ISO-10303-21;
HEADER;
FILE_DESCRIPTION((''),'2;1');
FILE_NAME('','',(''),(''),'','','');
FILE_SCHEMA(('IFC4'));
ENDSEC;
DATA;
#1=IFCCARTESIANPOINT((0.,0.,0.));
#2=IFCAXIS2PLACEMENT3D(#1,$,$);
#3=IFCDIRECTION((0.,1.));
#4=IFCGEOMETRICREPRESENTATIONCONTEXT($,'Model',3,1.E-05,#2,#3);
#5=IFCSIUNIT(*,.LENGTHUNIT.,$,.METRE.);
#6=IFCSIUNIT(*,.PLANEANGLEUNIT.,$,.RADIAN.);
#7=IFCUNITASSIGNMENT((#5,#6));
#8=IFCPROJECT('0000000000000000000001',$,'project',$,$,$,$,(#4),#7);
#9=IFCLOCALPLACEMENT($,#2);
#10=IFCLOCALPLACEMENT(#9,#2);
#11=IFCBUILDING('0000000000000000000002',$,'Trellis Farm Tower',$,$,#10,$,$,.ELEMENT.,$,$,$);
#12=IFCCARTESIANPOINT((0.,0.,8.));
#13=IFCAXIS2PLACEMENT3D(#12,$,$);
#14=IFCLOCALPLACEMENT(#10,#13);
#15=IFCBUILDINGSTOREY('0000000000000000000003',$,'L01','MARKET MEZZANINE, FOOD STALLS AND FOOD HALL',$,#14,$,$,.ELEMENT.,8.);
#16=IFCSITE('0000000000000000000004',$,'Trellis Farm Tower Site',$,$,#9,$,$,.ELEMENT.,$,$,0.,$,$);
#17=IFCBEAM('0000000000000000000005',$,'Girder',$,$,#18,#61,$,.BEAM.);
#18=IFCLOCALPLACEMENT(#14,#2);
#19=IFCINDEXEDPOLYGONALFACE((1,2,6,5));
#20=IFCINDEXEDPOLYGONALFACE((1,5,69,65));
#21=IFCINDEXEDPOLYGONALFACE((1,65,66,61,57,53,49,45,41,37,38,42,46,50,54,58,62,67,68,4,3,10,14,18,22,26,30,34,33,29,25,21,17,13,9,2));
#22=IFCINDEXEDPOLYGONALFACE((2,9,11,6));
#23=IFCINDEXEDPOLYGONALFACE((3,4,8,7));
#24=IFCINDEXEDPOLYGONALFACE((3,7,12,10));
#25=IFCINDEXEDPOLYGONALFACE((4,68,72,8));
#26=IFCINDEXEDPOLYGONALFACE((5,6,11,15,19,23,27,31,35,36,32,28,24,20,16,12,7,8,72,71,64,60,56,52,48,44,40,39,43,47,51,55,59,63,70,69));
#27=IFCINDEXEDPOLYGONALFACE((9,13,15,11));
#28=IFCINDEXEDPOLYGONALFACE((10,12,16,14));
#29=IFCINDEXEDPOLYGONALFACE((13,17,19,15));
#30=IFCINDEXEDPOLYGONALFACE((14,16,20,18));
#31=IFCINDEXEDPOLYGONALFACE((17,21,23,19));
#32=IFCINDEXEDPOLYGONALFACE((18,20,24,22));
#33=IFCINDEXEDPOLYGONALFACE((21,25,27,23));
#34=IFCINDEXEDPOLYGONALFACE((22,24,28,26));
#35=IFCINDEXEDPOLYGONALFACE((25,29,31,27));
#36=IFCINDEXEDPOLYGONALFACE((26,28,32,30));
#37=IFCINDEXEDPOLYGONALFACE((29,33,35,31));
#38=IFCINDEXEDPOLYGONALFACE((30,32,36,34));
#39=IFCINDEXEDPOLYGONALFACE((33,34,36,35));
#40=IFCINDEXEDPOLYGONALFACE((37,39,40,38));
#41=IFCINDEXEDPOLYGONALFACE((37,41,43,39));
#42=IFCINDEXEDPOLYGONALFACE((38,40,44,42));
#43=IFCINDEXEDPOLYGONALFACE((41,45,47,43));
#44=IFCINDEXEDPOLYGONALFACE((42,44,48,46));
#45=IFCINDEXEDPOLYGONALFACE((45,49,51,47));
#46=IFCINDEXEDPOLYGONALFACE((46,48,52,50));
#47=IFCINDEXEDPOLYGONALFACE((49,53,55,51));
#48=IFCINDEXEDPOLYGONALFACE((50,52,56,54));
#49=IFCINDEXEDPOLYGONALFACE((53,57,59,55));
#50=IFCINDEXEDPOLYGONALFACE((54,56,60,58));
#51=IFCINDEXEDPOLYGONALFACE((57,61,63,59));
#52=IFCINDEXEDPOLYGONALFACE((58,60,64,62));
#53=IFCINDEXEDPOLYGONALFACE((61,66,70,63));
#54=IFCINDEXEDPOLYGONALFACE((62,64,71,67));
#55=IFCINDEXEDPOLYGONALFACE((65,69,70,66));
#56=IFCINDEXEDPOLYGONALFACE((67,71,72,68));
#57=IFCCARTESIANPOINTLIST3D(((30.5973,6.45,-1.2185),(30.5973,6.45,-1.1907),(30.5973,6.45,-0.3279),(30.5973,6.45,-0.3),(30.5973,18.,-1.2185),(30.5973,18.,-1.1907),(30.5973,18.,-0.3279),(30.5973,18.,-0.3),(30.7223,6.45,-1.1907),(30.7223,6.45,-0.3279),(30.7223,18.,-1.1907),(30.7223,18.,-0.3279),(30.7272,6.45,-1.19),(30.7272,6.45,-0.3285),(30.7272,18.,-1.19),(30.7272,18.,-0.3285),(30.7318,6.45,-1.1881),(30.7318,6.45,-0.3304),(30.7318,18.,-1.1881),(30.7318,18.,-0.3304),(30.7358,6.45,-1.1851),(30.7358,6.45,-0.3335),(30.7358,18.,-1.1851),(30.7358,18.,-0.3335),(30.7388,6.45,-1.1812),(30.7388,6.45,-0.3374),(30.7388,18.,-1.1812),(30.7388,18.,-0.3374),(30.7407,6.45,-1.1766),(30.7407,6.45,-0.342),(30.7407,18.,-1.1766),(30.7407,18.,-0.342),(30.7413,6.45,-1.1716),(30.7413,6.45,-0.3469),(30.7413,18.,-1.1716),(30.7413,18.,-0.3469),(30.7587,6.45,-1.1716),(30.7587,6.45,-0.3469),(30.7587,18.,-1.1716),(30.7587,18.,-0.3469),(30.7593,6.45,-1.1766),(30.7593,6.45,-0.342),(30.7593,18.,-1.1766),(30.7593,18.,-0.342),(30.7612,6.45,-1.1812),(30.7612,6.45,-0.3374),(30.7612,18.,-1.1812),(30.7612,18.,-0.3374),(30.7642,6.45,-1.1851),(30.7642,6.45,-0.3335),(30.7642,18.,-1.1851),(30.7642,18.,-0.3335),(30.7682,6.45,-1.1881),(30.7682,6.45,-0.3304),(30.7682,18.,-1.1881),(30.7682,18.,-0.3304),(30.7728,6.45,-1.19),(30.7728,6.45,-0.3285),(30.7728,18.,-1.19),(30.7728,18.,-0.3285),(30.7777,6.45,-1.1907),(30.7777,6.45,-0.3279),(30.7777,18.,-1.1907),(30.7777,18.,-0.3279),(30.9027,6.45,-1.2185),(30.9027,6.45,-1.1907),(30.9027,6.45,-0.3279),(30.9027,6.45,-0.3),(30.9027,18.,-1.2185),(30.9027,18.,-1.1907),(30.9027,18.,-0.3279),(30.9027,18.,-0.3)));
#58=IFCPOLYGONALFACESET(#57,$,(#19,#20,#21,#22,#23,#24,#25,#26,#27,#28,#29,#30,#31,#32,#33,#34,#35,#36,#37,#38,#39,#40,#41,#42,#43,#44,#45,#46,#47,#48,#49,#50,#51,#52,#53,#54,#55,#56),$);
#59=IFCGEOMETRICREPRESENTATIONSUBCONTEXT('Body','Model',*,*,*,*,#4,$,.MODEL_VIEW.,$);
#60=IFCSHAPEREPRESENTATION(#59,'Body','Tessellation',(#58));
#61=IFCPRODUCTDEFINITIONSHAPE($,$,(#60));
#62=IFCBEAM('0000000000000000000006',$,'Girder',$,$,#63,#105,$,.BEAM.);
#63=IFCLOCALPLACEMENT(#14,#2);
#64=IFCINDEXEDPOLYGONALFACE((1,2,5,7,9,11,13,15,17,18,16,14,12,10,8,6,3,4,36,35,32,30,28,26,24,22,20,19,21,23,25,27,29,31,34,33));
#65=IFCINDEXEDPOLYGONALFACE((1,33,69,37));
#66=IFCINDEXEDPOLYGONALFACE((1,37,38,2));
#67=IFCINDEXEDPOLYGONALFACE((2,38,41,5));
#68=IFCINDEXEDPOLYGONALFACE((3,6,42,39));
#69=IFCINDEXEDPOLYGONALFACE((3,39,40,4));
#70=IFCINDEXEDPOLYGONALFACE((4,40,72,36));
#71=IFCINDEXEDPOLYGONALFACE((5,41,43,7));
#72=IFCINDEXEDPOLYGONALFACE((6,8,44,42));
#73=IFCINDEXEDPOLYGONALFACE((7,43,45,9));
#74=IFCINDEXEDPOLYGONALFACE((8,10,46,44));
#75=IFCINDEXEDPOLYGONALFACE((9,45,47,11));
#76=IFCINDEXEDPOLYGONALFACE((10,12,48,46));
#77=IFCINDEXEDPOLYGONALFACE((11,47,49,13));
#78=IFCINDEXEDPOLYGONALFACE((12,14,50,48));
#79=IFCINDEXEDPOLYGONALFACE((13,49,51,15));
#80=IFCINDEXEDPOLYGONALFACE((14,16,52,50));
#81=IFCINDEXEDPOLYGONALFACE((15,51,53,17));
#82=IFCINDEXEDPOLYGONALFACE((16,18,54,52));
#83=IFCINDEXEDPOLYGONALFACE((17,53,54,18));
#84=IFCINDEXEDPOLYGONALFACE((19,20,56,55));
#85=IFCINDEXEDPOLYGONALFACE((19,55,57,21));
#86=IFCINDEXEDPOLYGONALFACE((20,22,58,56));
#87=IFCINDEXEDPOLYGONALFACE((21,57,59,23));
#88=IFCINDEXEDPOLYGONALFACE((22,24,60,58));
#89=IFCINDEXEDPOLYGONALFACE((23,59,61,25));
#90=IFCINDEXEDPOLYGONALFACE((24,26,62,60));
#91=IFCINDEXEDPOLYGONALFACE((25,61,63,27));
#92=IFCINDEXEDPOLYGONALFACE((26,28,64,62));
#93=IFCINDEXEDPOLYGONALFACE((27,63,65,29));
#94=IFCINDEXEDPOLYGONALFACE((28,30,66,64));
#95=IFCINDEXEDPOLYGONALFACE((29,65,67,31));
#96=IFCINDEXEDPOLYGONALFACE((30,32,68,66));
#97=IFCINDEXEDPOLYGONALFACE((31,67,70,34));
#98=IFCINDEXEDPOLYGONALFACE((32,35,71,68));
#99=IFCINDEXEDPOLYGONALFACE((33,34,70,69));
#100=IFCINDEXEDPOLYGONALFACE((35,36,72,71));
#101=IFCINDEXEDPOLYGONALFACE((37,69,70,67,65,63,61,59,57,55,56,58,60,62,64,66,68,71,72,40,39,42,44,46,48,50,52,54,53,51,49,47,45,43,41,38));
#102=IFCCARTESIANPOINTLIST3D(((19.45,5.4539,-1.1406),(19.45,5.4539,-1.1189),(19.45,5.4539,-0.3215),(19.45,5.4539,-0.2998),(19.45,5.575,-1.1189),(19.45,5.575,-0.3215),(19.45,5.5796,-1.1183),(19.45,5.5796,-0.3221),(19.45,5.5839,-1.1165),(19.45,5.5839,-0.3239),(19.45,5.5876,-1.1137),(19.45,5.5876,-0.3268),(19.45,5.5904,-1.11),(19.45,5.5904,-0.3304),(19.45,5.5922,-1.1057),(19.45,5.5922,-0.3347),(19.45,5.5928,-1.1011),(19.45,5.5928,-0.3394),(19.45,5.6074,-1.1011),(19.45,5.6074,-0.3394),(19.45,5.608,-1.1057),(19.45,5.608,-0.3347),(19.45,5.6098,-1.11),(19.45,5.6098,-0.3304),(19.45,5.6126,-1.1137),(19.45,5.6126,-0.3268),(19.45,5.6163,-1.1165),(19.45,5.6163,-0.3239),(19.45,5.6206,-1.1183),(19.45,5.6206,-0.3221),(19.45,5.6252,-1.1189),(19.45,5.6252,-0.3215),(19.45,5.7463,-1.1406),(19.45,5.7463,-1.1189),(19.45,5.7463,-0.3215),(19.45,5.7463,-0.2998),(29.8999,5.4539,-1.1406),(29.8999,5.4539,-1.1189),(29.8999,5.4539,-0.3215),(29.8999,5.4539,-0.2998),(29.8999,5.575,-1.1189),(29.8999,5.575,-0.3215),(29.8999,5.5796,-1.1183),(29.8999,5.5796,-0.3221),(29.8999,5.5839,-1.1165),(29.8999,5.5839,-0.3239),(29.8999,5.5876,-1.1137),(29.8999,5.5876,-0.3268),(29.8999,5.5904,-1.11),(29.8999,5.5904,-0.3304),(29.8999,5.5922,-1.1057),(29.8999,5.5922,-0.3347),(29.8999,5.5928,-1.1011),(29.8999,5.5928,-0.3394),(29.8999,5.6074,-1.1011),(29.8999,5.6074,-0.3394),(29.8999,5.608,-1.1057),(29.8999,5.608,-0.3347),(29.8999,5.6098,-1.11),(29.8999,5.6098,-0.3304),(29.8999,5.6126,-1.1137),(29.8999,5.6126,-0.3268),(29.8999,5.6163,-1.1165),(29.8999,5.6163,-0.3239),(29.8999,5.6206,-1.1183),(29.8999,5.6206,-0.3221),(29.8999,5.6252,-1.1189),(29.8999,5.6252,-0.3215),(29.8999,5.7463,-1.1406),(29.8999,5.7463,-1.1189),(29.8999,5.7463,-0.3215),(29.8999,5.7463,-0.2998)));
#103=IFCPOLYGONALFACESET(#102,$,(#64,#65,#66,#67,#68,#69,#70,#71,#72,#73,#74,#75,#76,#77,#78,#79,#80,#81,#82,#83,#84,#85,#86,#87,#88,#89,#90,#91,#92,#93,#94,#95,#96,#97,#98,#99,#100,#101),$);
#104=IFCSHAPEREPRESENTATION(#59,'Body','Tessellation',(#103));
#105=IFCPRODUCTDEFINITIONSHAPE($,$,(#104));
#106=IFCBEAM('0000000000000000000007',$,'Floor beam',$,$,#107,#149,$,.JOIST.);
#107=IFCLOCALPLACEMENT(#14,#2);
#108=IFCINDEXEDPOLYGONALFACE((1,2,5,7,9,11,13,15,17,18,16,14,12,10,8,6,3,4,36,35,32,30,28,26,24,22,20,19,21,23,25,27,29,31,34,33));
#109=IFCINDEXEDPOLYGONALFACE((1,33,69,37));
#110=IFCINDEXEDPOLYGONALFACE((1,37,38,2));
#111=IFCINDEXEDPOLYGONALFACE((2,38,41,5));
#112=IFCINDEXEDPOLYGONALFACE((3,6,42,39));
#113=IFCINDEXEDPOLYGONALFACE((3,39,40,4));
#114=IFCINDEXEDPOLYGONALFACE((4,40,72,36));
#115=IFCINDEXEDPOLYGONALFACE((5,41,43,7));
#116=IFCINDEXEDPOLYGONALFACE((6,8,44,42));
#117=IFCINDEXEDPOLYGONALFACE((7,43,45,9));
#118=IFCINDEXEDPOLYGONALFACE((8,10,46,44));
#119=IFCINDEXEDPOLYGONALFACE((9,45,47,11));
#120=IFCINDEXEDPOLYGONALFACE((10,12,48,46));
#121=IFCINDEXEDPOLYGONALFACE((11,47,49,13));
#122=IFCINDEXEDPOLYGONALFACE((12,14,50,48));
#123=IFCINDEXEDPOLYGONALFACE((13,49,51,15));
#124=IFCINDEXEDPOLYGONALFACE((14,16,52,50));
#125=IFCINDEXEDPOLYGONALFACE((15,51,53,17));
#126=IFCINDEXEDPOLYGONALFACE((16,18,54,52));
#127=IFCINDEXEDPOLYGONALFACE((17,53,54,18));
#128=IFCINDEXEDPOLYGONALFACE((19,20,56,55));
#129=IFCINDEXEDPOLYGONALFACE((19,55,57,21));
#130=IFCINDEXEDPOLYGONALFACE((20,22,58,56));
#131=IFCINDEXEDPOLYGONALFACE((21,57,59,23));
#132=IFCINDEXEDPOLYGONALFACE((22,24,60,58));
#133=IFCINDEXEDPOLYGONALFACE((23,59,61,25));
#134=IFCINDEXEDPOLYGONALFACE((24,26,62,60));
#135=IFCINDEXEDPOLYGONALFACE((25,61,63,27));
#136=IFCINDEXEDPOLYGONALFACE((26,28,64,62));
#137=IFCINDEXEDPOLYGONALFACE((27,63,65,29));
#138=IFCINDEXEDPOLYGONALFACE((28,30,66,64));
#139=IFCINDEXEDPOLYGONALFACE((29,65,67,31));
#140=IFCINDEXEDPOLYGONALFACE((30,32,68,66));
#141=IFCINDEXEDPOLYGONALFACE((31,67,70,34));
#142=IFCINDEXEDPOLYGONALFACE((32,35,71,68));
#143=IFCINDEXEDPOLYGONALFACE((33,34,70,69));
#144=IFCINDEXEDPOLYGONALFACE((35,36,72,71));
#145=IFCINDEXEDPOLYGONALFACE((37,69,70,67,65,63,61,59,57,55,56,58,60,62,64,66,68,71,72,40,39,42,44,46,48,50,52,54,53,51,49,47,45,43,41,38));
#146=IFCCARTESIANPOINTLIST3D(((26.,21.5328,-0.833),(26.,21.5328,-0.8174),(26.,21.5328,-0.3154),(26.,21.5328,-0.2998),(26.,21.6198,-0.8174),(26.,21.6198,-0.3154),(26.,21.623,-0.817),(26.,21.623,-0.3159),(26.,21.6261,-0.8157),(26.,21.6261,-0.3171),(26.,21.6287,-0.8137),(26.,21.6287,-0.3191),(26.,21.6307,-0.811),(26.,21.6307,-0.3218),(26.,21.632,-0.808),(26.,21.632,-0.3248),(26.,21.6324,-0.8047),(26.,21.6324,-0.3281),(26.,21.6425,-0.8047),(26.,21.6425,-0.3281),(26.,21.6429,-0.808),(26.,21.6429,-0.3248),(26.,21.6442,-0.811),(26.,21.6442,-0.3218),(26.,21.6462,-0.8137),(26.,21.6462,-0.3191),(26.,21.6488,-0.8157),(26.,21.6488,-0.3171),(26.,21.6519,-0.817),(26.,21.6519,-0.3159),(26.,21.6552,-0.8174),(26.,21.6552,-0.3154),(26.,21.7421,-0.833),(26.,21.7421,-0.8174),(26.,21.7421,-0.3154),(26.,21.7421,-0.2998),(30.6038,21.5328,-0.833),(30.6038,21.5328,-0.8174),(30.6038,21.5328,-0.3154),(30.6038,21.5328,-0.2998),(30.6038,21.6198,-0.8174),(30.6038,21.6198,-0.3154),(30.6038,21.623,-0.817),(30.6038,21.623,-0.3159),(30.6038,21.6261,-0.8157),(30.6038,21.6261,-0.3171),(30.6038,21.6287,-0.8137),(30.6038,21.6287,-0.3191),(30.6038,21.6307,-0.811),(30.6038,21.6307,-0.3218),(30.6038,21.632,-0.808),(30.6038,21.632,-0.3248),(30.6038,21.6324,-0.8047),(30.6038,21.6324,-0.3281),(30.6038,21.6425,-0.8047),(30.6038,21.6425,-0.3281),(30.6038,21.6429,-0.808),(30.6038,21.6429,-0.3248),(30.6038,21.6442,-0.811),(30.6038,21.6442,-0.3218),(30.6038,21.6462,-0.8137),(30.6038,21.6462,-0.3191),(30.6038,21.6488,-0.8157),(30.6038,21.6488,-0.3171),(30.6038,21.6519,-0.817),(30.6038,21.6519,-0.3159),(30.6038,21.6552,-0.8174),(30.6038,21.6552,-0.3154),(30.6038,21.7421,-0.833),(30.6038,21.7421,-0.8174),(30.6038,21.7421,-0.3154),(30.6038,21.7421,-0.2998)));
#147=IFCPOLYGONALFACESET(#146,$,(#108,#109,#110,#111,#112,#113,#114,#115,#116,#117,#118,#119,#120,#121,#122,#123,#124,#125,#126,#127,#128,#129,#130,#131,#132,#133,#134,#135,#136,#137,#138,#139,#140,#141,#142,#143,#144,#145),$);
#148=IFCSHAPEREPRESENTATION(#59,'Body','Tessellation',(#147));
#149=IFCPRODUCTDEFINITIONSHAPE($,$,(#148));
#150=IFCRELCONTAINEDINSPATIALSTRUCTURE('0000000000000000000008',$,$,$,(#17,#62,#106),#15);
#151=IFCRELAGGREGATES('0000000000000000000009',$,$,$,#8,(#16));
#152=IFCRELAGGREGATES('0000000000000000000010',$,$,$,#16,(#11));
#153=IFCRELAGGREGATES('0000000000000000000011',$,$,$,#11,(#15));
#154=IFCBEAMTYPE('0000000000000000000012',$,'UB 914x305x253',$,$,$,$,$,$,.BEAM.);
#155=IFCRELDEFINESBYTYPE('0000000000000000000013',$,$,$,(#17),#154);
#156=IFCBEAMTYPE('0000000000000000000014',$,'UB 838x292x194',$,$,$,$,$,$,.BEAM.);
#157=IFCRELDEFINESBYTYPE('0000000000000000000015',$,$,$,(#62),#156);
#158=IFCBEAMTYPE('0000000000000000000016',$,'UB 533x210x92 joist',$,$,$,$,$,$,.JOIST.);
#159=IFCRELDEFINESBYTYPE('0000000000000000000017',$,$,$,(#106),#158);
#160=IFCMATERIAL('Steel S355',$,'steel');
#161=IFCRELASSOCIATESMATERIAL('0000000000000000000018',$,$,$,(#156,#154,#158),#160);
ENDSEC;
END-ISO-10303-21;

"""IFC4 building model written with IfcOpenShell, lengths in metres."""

from ifc_helpers import new_model, si_unit, direction, frame, origin, origin_2d, place, context, subcontext, project, spatial, i_section, extrude, source, transform, mapped, material, material_profile, profile_set, type_object, element, save


model = new_model("IFC4")

# Units and contexts
model_context = context("Model", 3, precision=1e-05, world=origin(), true_north=direction((0.0, 1.0)))
body_context = subcontext(model_context, "Body", "Model", "MODEL_VIEW")
ifc_project = project(units=[si_unit("LENGTHUNIT", "METRE"), si_unit("PLANEANGLEUNIT", "RADIAN")], contexts=[model_context])

# Site, building, storey
site_placement = place(None, origin())
site = spatial("IfcSite", under=ifc_project, at=site_placement, Name="Trellis Farm Tower Site", CompositionType="ELEMENT", RefElevation=0.0)
building_placement = place(site_placement, origin())
building = spatial("IfcBuilding", under=site, at=building_placement, Name="Trellis Farm Tower", CompositionType="ELEMENT")
storey_placement = place(building_placement, frame((0.0, 0.0, 8.0)))
storey = spatial("IfcBuildingStorey", under=building, at=storey_placement, Name="L01", Description="MARKET MEZZANINE, FOOD STALLS AND FOOD HALL", CompositionType="ELEMENT", Elevation=8.0)

# Beams
ifc_material_1 = material(Name="Steel S355", Category="steel")
ifc_material_profile_1 = material_profile(ifc_material_1, i_section(OverallWidth=0.2925, OverallDepth=0.8408, WebThickness=0.0146, FlangeThickness=0.0217, FilletRadius=0.0178, at=origin_2d()), Name="UB 838x292x194")
ifc_profile_set_1 = profile_set([ifc_material_profile_1], Name="Steel S355")
beam_type_1 = type_object("IfcBeamType", Name="UB 838x292x194", PredefinedType="BEAM", material=ifc_profile_set_1)
ifc_material_profile_2 = material_profile(ifc_material_1, i_section(OverallWidth=0.3054, OverallDepth=0.9185, WebThickness=0.0173, FlangeThickness=0.0278, FilletRadius=0.019, at=origin_2d()), Name="UB 914x305x253")
ifc_profile_set_2 = profile_set([ifc_material_profile_2], Name="Steel S355")
beam_type_2 = type_object("IfcBeamType", Name="UB 914x305x253", PredefinedType="BEAM", material=ifc_profile_set_2)
shared_shape_1 = source(origin(), body_context, "Body", "SweptSolid", [
    extrude(i_section(OverallWidth=0.3054, OverallDepth=0.9185, WebThickness=0.0173, FlangeThickness=0.0278, FilletRadius=0.019, at=origin_2d()), origin(), (0.0, 0.0, 1.0), 11.55),
])
beam_1_placement = place(storey_placement, frame((30.75, 6.45, -0.7593), z_axis=(0.0, 1.0, 0.0), x_axis=(-1.0, 0.0, 0.0)))
element("IfcBeam", 1, at=beam_1_placement, inside=storey, type_object=beam_type_2, Name="Girder", PredefinedType="BEAM", context=body_context, shape_type="MappedRepresentation", body=[
    mapped(shared_shape_1, transform((0.0, 0.0, 0.0))),
])
shared_shape_2 = source(origin(), body_context, "Body", "SweptSolid", [
    extrude(i_section(OverallWidth=0.2925, OverallDepth=0.8408, WebThickness=0.0146, FlangeThickness=0.0217, FilletRadius=0.0178, at=origin_2d()), origin(), (0.0, 0.0, 1.0), 10.45),
])
beam_2_placement = place(storey_placement, frame((19.45, 5.6001, -0.7202), z_axis=(1.0, 0.0, 0.0), x_axis=(0.0, 1.0, 0.0)))
element("IfcBeam", 2, at=beam_2_placement, inside=storey, type_object=beam_type_1, Name="Girder", PredefinedType="BEAM", context=body_context, shape_type="MappedRepresentation", body=[
    mapped(shared_shape_2, transform((0.0, 0.0, 0.0))),
])
ifc_material_profile_3 = material_profile(ifc_material_1, i_section(OverallWidth=0.2092, OverallDepth=0.5332, WebThickness=0.01, FlangeThickness=0.0156, FilletRadius=0.0127, at=origin_2d()), Name="UB 533x210x92")
ifc_profile_set_3 = profile_set([ifc_material_profile_3], Name="Steel S355")
beam_type_3 = type_object("IfcBeamType", Name="UB 533x210x92 joist", PredefinedType="JOIST", material=ifc_profile_set_3)
shared_shape_3 = source(origin(), body_context, "Body", "SweptSolid", [
    extrude(i_section(OverallWidth=0.2092, OverallDepth=0.5332, WebThickness=0.01, FlangeThickness=0.0156, FilletRadius=0.0127, at=origin_2d()), origin(), (0.0, 0.0, 1.0), 4.6038),
])
beam_3_placement = place(storey_placement, frame((26.0, 21.6375, -0.5664), z_axis=(1.0, 0.0, 0.0), x_axis=(0.0, 1.0, 0.0)))
element("IfcBeam", 3, at=beam_3_placement, inside=storey, type_object=beam_type_3, Name="Floor beam", PredefinedType="JOIST", context=body_context, shape_type="MappedRepresentation", body=[
    mapped(shared_shape_3, transform((0.0, 0.0, 0.0))),
])

save(model, "model.ifc")
